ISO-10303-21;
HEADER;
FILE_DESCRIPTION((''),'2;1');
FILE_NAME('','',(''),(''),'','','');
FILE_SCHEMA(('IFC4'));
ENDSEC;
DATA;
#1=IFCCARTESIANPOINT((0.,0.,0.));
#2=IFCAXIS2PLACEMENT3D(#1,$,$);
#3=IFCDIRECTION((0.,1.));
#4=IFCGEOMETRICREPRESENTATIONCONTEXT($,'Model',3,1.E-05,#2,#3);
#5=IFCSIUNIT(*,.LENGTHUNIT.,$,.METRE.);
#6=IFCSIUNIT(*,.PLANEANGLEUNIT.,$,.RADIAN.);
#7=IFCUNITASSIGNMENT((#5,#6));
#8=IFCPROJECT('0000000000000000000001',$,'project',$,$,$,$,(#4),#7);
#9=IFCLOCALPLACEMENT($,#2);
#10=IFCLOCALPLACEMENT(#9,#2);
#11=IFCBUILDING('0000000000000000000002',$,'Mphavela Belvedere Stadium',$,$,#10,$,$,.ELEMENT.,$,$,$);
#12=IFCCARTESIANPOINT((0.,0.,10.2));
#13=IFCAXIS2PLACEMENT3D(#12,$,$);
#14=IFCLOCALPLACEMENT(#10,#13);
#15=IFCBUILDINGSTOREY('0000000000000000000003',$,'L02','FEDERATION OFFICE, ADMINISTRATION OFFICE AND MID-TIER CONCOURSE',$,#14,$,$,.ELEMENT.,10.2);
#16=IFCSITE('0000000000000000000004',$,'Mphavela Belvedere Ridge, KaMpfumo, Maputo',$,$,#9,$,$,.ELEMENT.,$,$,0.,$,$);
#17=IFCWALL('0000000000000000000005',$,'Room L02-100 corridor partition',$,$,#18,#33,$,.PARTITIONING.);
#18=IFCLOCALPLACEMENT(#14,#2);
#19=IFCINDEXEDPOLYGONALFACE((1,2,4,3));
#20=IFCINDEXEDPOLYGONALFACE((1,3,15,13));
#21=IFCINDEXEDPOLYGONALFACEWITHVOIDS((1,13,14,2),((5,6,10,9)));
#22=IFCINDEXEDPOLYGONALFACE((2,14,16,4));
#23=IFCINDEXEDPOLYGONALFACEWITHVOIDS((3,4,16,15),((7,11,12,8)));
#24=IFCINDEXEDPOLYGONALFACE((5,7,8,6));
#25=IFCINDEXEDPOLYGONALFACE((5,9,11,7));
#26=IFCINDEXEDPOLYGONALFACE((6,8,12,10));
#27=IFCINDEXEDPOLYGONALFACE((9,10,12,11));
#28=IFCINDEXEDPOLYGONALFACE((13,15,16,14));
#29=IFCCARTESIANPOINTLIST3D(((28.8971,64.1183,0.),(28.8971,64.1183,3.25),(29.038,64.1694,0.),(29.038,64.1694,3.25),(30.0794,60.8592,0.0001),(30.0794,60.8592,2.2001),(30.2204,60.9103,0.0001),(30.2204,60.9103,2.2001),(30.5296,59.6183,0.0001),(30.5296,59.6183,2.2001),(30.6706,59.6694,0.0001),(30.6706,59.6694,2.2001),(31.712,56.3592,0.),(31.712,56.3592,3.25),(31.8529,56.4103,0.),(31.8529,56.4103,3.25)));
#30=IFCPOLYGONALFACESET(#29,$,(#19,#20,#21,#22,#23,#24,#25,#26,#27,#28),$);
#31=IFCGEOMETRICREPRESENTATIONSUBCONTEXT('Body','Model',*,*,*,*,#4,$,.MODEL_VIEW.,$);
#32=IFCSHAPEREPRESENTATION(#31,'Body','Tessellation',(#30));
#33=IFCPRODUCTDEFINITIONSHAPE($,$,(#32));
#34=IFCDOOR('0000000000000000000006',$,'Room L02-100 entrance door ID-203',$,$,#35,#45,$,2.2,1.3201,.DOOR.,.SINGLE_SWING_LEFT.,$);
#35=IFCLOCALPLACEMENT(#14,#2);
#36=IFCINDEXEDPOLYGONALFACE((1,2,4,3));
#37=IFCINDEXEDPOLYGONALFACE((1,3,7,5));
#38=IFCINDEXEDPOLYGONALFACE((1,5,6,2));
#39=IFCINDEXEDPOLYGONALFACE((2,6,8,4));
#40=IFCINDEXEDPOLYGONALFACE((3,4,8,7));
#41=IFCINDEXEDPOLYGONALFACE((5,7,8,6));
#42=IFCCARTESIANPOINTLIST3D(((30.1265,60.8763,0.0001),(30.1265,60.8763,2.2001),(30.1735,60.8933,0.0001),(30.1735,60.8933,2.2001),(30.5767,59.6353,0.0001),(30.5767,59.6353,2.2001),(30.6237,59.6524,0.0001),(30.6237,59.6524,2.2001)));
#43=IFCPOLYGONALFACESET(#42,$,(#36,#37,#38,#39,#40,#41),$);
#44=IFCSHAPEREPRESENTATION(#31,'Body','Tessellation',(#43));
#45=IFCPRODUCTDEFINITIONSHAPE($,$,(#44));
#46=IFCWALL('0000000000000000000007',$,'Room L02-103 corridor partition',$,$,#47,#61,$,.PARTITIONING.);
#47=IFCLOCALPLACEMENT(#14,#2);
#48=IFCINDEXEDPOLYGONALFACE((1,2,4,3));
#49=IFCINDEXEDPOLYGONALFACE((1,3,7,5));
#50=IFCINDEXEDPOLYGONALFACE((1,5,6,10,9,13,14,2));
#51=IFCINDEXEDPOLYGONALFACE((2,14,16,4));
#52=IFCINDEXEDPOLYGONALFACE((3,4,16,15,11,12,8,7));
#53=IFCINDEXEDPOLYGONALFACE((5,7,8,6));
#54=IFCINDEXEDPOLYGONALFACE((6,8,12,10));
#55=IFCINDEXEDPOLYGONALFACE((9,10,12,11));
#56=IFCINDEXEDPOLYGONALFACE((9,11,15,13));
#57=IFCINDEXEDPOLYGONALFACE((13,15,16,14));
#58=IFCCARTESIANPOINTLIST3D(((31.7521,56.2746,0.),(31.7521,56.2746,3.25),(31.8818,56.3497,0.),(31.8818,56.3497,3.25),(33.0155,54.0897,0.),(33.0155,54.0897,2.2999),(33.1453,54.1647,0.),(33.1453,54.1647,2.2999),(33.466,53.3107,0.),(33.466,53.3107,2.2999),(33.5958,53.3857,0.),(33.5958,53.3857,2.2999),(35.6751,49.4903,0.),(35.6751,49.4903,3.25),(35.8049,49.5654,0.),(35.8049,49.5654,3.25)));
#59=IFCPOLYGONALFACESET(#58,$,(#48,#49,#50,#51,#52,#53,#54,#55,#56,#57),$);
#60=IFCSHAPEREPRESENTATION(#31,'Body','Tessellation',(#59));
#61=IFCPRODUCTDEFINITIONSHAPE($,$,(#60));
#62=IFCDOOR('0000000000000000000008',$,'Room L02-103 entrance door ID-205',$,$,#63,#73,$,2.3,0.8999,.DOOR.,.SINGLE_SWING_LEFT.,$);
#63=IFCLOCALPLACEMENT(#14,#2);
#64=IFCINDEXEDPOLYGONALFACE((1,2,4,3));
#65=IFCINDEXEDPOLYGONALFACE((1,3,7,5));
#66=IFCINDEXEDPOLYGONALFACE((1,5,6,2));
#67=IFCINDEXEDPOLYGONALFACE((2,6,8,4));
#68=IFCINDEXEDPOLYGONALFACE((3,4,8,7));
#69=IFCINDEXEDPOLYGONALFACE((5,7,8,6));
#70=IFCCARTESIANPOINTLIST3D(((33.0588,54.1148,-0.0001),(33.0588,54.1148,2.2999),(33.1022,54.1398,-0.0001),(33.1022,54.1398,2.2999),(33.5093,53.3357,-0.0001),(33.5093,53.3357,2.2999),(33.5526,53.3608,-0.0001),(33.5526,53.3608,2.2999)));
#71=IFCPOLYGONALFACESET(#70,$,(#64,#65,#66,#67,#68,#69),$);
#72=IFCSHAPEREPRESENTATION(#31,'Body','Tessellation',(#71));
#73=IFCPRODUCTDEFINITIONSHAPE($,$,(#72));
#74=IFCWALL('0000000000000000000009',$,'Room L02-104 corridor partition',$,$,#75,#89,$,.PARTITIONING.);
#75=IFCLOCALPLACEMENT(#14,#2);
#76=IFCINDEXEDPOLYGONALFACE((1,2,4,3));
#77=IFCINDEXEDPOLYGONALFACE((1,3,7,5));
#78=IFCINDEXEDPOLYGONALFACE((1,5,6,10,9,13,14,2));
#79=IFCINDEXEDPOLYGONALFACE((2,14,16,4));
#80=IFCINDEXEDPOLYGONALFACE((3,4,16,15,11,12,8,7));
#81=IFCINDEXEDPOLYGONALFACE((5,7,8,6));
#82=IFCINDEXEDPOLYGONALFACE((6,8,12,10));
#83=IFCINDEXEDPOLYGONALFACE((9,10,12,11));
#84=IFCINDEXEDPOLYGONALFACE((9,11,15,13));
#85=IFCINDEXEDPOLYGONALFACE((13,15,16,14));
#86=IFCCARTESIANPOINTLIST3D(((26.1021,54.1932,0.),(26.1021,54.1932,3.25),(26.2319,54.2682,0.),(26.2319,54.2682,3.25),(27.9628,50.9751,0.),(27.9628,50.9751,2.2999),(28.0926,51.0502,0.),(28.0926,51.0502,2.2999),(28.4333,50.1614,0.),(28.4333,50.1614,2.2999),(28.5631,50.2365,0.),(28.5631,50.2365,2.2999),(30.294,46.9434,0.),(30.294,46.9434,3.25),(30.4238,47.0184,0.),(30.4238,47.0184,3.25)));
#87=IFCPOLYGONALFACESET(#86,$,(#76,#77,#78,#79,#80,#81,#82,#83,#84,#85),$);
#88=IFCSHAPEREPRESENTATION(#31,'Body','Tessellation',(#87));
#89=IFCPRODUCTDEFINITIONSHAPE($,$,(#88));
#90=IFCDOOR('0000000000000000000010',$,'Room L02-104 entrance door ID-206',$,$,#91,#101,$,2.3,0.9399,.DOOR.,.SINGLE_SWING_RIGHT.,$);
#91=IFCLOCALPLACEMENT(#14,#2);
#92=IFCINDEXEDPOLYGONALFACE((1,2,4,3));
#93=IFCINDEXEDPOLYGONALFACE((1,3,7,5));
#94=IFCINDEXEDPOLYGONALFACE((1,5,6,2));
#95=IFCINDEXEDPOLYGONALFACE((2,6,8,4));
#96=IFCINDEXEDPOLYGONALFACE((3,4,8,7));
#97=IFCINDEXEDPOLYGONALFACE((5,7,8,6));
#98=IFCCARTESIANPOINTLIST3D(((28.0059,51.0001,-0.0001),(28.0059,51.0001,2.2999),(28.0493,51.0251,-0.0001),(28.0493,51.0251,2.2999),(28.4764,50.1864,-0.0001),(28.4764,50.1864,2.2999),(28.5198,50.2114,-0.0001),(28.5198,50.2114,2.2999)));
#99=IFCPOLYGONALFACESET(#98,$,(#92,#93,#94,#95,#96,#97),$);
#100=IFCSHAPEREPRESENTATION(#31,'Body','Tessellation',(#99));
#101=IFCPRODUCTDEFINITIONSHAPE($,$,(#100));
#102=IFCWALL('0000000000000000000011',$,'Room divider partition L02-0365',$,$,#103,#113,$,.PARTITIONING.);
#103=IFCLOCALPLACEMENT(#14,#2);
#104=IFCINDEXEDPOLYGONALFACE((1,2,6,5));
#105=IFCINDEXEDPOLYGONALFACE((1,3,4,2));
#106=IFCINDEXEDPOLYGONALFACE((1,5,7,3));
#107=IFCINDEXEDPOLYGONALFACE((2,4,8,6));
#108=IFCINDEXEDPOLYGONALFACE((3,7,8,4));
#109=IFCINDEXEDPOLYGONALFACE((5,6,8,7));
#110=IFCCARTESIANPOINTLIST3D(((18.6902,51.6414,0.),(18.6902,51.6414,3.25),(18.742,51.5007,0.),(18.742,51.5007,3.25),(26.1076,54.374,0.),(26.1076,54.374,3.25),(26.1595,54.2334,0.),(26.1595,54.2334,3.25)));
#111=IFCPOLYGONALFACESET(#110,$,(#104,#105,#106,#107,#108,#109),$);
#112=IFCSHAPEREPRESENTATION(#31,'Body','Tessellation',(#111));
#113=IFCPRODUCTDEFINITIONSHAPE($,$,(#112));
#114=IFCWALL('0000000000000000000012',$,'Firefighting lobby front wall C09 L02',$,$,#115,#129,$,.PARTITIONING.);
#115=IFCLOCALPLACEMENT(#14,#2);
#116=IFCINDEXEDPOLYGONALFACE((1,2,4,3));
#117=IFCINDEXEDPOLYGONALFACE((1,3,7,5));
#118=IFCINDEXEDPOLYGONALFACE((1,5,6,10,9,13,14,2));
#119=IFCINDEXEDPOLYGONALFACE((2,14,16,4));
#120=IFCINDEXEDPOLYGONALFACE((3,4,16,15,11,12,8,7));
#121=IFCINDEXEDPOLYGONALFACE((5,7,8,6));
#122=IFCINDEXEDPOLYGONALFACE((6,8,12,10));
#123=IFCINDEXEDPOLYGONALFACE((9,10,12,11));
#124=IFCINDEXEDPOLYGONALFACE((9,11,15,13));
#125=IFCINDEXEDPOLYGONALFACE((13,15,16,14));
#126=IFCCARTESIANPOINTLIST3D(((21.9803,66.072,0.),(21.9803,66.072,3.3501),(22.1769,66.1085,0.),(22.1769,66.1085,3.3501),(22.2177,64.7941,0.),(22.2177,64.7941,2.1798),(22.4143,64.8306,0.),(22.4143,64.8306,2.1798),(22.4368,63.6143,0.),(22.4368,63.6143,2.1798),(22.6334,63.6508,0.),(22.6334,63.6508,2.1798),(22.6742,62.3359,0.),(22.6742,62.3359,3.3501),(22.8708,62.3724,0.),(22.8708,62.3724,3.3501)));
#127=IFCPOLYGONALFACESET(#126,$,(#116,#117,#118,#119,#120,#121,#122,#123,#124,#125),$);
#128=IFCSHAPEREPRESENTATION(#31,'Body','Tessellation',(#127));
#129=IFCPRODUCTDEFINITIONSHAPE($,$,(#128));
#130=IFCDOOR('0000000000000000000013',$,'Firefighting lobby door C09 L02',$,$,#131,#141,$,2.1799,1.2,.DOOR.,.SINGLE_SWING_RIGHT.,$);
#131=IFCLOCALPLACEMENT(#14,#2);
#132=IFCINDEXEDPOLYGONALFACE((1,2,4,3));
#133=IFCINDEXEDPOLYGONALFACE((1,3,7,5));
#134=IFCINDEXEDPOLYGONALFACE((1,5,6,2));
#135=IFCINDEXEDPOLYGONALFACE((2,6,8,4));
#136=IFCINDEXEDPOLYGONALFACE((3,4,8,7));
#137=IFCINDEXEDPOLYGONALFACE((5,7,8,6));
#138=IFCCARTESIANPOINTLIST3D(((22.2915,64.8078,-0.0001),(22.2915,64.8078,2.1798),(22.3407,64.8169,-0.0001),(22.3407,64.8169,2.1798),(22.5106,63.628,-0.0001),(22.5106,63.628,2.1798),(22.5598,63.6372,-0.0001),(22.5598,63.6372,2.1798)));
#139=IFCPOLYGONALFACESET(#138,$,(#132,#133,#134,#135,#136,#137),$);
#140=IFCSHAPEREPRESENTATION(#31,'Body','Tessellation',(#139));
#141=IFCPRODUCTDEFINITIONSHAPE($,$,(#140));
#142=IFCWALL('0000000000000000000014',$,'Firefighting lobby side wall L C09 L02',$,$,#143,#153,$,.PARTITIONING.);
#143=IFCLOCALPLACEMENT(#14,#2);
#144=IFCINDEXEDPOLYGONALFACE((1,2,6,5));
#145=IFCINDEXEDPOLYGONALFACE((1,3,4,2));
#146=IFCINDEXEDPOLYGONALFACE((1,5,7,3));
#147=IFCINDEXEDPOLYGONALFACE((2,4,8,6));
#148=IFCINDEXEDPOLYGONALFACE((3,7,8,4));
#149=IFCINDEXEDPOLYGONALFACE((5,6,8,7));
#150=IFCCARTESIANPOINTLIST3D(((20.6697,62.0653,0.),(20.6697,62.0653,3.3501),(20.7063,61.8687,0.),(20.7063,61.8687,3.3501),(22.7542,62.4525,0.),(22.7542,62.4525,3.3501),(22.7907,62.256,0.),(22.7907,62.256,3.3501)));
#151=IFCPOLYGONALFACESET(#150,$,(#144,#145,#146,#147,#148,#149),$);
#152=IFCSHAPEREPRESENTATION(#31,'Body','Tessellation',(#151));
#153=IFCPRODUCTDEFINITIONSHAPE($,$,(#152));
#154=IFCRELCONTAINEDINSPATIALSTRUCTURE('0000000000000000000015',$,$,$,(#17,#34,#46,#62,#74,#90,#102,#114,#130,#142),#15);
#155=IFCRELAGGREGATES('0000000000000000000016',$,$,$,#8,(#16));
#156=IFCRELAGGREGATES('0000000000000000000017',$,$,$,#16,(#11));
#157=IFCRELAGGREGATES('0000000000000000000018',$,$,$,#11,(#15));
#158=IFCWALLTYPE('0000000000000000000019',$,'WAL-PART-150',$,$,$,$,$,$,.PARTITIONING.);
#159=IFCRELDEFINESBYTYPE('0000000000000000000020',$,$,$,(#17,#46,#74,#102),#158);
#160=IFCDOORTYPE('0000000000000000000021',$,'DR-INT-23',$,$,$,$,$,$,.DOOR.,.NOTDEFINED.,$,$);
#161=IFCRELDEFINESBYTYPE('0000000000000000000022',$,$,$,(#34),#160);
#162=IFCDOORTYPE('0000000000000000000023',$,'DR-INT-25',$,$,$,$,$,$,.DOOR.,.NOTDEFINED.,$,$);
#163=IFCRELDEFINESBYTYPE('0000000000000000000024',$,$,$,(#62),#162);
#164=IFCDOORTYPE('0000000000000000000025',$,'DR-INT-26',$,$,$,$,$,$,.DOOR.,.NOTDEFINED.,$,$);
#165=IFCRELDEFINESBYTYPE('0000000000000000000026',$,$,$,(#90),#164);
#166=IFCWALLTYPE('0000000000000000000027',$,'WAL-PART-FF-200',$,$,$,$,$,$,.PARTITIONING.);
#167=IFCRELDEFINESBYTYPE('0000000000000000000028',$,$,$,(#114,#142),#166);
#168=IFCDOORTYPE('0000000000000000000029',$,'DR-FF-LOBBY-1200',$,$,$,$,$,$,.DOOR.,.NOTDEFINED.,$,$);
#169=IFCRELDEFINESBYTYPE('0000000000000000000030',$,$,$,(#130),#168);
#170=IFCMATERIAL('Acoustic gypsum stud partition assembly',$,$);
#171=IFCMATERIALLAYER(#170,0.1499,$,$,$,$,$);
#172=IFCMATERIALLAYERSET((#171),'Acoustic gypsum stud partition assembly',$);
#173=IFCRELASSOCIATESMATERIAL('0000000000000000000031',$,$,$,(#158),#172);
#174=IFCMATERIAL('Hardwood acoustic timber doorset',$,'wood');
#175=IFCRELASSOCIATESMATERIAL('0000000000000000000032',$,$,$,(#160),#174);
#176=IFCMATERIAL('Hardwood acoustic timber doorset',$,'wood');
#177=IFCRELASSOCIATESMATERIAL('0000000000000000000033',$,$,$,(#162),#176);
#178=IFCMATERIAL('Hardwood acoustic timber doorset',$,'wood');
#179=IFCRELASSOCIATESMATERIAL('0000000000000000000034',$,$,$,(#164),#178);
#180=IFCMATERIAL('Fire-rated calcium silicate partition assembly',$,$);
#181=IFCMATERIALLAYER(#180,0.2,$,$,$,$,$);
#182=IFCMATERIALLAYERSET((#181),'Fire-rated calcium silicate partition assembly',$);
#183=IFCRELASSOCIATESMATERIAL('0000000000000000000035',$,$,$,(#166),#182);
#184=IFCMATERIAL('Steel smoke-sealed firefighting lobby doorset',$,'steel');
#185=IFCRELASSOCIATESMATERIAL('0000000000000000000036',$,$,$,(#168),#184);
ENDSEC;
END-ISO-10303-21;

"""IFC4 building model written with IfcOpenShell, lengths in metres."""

from ifc_helpers import new_model, si_unit, direction, frame, frame_2d, origin, place, context, subcontext, project, spatial, rectangle, extrude, material, layer, layer_set, type_object, element, fill, save


model = new_model("IFC4")

# Units and contexts
model_context = context("Model", 3, precision=1e-05, world=origin(), true_north=direction((0.0, 1.0)))
body_context = subcontext(model_context, "Body", "Model", "MODEL_VIEW")
ifc_project = project(units=[si_unit("LENGTHUNIT", "METRE"), si_unit("PLANEANGLEUNIT", "RADIAN")], contexts=[model_context])

# Site, building, storey
site_placement = place(None, origin())
site = spatial("IfcSite", under=ifc_project, at=site_placement, Name="Mphavela Belvedere Ridge, KaMpfumo, Maputo", CompositionType="ELEMENT", RefElevation=0.0)
building_placement = place(site_placement, origin())
building = spatial("IfcBuilding", under=site, at=building_placement, Name="Mphavela Belvedere Stadium", CompositionType="ELEMENT")
storey_placement = place(building_placement, frame((0.0, 0.0, 10.2)))
storey = spatial("IfcBuildingStorey", under=building, at=storey_placement, Name="L02", Description="FEDERATION OFFICE, ADMINISTRATION OFFICE AND MID-TIER CONCOURSE", CompositionType="ELEMENT", Elevation=10.2)

# Walls, openings, doors
ifc_material_1 = material(Name="Acoustic gypsum stud partition assembly")
ifc_layer_1 = layer(ifc_material_1, 0.1499)
ifc_layer_set_1 = layer_set([ifc_layer_1], Name="Acoustic gypsum stud partition assembly")
wall_type_1 = type_object("IfcWallType", Name="WAL-PART-150", PredefinedType="PARTITIONING", material=ifc_layer_set_1)
wall_1_placement = place(storey_placement, frame((31.7825, 56.3848, 0.0), z_axis=(0.0, 0.0, 1.0), x_axis=(-0.341045, 0.940047, 0.0)))
wall_1 = element("IfcWall", 1, at=wall_1_placement, inside=storey, type_object=wall_type_1, Name="Room L02-100 corridor partition", PredefinedType="PARTITIONING", context=body_context, shape_type="SweptSolid", body=[
    extrude(rectangle(XDim=8.2539, YDim=0.1499, at=frame_2d((4.127, 0.0))), origin(), (0.0, 0.0, 1.0), 3.25),
])
opening_1_placement = place(wall_1_placement, frame((3.4668, 0.0, 0.0)))
opening_1 = element("IfcOpeningElement", 2, at=opening_1_placement, cuts=wall_1, PredefinedType="OPENING", context=body_context, shape_type="SweptSolid", body=[
    extrude(rectangle(XDim=1.3201, YDim=2.2, at=frame_2d((0.6602, 1.1001))), frame((0.0, 0.085, 0.0), z_axis=(0.0, -1.0, 0.0), x_axis=(1.0, 0.0, 0.0)), (0.0, 0.0, 1.0), 0.1699),
])
ifc_material_2 = material(Name="Hardwood acoustic timber doorset", Category="wood")
door_type_1 = type_object("IfcDoorType", Name="DR-INT-23", OperationType="NOTDEFINED", PredefinedType="DOOR", material=ifc_material_2)
door_1_placement = place(opening_1_placement, origin())
door_1 = element("IfcDoor", 3, at=door_1_placement, inside=storey, type_object=door_type_1, Name="Room L02-100 entrance door ID-203", OperationType="SINGLE_SWING_LEFT", OverallHeight=2.2, OverallWidth=1.3201, PredefinedType="DOOR", context=body_context, shape_type="SweptSolid", body=[
    extrude(rectangle(XDim=1.3201, YDim=2.2, at=frame_2d((0.6602, 1.1001))), frame((0.0, 0.0249, 0.0), z_axis=(0.0, -1.0, 0.0), x_axis=(1.0, 0.0, 0.0)), (0.0, 0.0, 1.0), 0.05),
])
fill(opening_1, door_1)
wall_2_placement = place(storey_placement, frame((35.74, 49.5278, 0.0), z_axis=(0.0, 0.0, 1.0), x_axis=(-0.500584, 0.865688, 0.0)))
wall_2 = element("IfcWall", 4, at=wall_2_placement, inside=storey, type_object=wall_type_1, Name="Room L02-103 corridor partition", PredefinedType="PARTITIONING", context=body_context, shape_type="SweptSolid", body=[
    extrude(rectangle(XDim=7.8369, YDim=0.1499, at=frame_2d((3.9185, 0.0))), origin(), (0.0, 0.0, 1.0), 3.25),
])
opening_2_placement = place(wall_2_placement, frame((4.4131, 0.0, 0.0)))
opening_2 = element("IfcOpeningElement", 5, at=opening_2_placement, cuts=wall_2, PredefinedType="OPENING", context=body_context, shape_type="SweptSolid", body=[
    extrude(rectangle(XDim=0.8999, YDim=2.3, at=frame_2d((0.45, 1.1499))), frame((0.0, 0.085, 0.0), z_axis=(0.0, -1.0, 0.0), x_axis=(1.0, 0.0, 0.0)), (0.0, 0.0, 1.0), 0.1699),
])
ifc_material_3 = material(Name="Hardwood acoustic timber doorset", Category="wood")
door_type_2 = type_object("IfcDoorType", Name="DR-INT-25", OperationType="NOTDEFINED", PredefinedType="DOOR", material=ifc_material_3)
door_2_placement = place(opening_2_placement, origin())
door_2 = element("IfcDoor", 6, at=door_2_placement, inside=storey, type_object=door_type_2, Name="Room L02-103 entrance door ID-205", OperationType="SINGLE_SWING_LEFT", OverallHeight=2.3, OverallWidth=0.8999, PredefinedType="DOOR", context=body_context, shape_type="SweptSolid", body=[
    extrude(rectangle(XDim=0.8999, YDim=2.3, at=frame_2d((0.45, 1.1499))), frame((0.0, 0.0249, 0.0), z_axis=(0.0, -1.0, 0.0), x_axis=(1.0, 0.0, 0.0)), (0.0, 0.0, 1.0), 0.05),
])
fill(opening_2, door_2)
wall_3_placement = place(storey_placement, frame((26.167, 54.2307, 0.0), z_axis=(0.0, 0.0, 1.0), x_axis=(0.500559, -0.865702, 0.0)))
wall_3 = element("IfcWall", 7, at=wall_3_placement, inside=storey, type_object=wall_type_1, Name="Room L02-104 corridor partition", PredefinedType="PARTITIONING", context=body_context, shape_type="SweptSolid", body=[
    extrude(rectangle(XDim=8.3745, YDim=0.1499, at=frame_2d((4.1873, 0.0))), origin(), (0.0, 0.0, 1.0), 3.25),
])
opening_3_placement = place(wall_3_placement, frame((3.7173, 0.0, 0.0)))
opening_3 = element("IfcOpeningElement", 8, at=opening_3_placement, cuts=wall_3, PredefinedType="OPENING", context=body_context, shape_type="SweptSolid", body=[
    extrude(rectangle(XDim=0.9399, YDim=2.3, at=frame_2d((0.47, 1.1499))), frame((0.0, 0.085, 0.0), z_axis=(0.0, -1.0, 0.0), x_axis=(1.0, 0.0, 0.0)), (0.0, 0.0, 1.0), 0.1699),
])
ifc_material_4 = material(Name="Hardwood acoustic timber doorset", Category="wood")
door_type_3 = type_object("IfcDoorType", Name="DR-INT-26", OperationType="NOTDEFINED", PredefinedType="DOOR", material=ifc_material_4)
door_3_placement = place(opening_3_placement, origin())
door_3 = element("IfcDoor", 9, at=door_3_placement, inside=storey, type_object=door_type_3, Name="Room L02-104 entrance door ID-206", OperationType="SINGLE_SWING_RIGHT", OverallHeight=2.3, OverallWidth=0.9399, PredefinedType="DOOR", context=body_context, shape_type="SweptSolid", body=[
    extrude(rectangle(XDim=0.9399, YDim=2.3, at=frame_2d((0.47, 1.1499))), frame((0.0, 0.0249, 0.0), z_axis=(0.0, -1.0, 0.0), x_axis=(1.0, 0.0, 0.0)), (0.0, 0.0, 1.0), 0.05),
])
fill(opening_3, door_3)

# Wall
wall_4_placement = place(storey_placement, frame((26.1335, 54.3037, 0.0), z_axis=(0.0, 0.0, 1.0), x_axis=(-0.938347, -0.345695, 0.0)))
element("IfcWall", 10, at=wall_4_placement, inside=storey, type_object=wall_type_1, Name="Room divider partition L02-0365", PredefinedType="PARTITIONING", context=body_context, shape_type="SweptSolid", body=[
    extrude(rectangle(XDim=7.9048, YDim=0.1499, at=frame_2d((3.9524, 0.0))), origin(), (0.0, 0.0, 1.0), 3.25),
])

# Wall, opening, door
ifc_material_5 = material(Name="Fire-rated calcium silicate partition assembly")
ifc_layer_2 = layer(ifc_material_5, 0.2)
ifc_layer_set_2 = layer_set([ifc_layer_2], Name="Fire-rated calcium silicate partition assembly")
wall_type_2 = type_object("IfcWallType", Name="WAL-PART-FF-200", PredefinedType="PARTITIONING", material=ifc_layer_set_2)
wall_5_placement = place(storey_placement, frame((22.7725, 62.3542, 0.0), z_axis=(0.0, 0.0, 1.0), x_axis=(-0.182593, 0.983189, 0.0)))
wall_5 = element("IfcWall", 11, at=wall_5_placement, inside=storey, type_object=wall_type_2, Name="Firefighting lobby front wall C09 L02", PredefinedType="PARTITIONING", context=body_context, shape_type="SweptSolid", body=[
    extrude(rectangle(XDim=3.8, YDim=0.2, at=frame_2d((1.8999, 0.0))), origin(), (0.0, 0.0, 1.0), 3.3501),
])
opening_4_placement = place(wall_5_placement, frame((1.3, 0.0, 0.0)))
opening_4 = element("IfcOpeningElement", 12, at=opening_4_placement, cuts=wall_5, PredefinedType="OPENING", context=body_context, shape_type="SweptSolid", body=[
    extrude(rectangle(XDim=1.2, YDim=2.1799, at=frame_2d((0.6001, 1.0898))), frame((0.0, 0.1099, 0.0), z_axis=(0.0, -1.0, 0.0), x_axis=(1.0, 0.0, 0.0)), (0.0, 0.0, 1.0), 0.22),
])
ifc_material_6 = material(Name="Steel smoke-sealed firefighting lobby doorset", Category="steel")
door_type_4 = type_object("IfcDoorType", Name="DR-FF-LOBBY-1200", OperationType="NOTDEFINED", PredefinedType="DOOR", material=ifc_material_6)
door_4_placement = place(opening_4_placement, origin())
door_4 = element("IfcDoor", 13, at=door_4_placement, inside=storey, type_object=door_type_4, Name="Firefighting lobby door C09 L02", OperationType="SINGLE_SWING_RIGHT", OverallHeight=2.1799, OverallWidth=1.2, PredefinedType="DOOR", context=body_context, shape_type="SweptSolid", body=[
    extrude(rectangle(XDim=1.2, YDim=2.1799, at=frame_2d((0.6001, 1.0898))), frame((0.0, 0.0249, 0.0), z_axis=(0.0, -1.0, 0.0), x_axis=(1.0, 0.0, 0.0)), (0.0, 0.0, 1.0), 0.05),
])
fill(opening_4, door_4)

# Wall
wall_6_placement = place(storey_placement, frame((22.7725, 62.3542, 0.0), z_axis=(0.0, 0.0, 1.0), x_axis=(-0.983181, -0.182634, 0.0)))
element("IfcWall", 14, at=wall_6_placement, inside=storey, type_object=wall_type_2, Name="Firefighting lobby side wall L C09 L02", PredefinedType="PARTITIONING", context=body_context, shape_type="SweptSolid", body=[
    extrude(rectangle(XDim=2.1201, YDim=0.2, at=frame_2d((1.0601, 0.0))), origin(), (0.0, 0.0, 1.0), 3.3501),
])

save(model, "model.ifc")
